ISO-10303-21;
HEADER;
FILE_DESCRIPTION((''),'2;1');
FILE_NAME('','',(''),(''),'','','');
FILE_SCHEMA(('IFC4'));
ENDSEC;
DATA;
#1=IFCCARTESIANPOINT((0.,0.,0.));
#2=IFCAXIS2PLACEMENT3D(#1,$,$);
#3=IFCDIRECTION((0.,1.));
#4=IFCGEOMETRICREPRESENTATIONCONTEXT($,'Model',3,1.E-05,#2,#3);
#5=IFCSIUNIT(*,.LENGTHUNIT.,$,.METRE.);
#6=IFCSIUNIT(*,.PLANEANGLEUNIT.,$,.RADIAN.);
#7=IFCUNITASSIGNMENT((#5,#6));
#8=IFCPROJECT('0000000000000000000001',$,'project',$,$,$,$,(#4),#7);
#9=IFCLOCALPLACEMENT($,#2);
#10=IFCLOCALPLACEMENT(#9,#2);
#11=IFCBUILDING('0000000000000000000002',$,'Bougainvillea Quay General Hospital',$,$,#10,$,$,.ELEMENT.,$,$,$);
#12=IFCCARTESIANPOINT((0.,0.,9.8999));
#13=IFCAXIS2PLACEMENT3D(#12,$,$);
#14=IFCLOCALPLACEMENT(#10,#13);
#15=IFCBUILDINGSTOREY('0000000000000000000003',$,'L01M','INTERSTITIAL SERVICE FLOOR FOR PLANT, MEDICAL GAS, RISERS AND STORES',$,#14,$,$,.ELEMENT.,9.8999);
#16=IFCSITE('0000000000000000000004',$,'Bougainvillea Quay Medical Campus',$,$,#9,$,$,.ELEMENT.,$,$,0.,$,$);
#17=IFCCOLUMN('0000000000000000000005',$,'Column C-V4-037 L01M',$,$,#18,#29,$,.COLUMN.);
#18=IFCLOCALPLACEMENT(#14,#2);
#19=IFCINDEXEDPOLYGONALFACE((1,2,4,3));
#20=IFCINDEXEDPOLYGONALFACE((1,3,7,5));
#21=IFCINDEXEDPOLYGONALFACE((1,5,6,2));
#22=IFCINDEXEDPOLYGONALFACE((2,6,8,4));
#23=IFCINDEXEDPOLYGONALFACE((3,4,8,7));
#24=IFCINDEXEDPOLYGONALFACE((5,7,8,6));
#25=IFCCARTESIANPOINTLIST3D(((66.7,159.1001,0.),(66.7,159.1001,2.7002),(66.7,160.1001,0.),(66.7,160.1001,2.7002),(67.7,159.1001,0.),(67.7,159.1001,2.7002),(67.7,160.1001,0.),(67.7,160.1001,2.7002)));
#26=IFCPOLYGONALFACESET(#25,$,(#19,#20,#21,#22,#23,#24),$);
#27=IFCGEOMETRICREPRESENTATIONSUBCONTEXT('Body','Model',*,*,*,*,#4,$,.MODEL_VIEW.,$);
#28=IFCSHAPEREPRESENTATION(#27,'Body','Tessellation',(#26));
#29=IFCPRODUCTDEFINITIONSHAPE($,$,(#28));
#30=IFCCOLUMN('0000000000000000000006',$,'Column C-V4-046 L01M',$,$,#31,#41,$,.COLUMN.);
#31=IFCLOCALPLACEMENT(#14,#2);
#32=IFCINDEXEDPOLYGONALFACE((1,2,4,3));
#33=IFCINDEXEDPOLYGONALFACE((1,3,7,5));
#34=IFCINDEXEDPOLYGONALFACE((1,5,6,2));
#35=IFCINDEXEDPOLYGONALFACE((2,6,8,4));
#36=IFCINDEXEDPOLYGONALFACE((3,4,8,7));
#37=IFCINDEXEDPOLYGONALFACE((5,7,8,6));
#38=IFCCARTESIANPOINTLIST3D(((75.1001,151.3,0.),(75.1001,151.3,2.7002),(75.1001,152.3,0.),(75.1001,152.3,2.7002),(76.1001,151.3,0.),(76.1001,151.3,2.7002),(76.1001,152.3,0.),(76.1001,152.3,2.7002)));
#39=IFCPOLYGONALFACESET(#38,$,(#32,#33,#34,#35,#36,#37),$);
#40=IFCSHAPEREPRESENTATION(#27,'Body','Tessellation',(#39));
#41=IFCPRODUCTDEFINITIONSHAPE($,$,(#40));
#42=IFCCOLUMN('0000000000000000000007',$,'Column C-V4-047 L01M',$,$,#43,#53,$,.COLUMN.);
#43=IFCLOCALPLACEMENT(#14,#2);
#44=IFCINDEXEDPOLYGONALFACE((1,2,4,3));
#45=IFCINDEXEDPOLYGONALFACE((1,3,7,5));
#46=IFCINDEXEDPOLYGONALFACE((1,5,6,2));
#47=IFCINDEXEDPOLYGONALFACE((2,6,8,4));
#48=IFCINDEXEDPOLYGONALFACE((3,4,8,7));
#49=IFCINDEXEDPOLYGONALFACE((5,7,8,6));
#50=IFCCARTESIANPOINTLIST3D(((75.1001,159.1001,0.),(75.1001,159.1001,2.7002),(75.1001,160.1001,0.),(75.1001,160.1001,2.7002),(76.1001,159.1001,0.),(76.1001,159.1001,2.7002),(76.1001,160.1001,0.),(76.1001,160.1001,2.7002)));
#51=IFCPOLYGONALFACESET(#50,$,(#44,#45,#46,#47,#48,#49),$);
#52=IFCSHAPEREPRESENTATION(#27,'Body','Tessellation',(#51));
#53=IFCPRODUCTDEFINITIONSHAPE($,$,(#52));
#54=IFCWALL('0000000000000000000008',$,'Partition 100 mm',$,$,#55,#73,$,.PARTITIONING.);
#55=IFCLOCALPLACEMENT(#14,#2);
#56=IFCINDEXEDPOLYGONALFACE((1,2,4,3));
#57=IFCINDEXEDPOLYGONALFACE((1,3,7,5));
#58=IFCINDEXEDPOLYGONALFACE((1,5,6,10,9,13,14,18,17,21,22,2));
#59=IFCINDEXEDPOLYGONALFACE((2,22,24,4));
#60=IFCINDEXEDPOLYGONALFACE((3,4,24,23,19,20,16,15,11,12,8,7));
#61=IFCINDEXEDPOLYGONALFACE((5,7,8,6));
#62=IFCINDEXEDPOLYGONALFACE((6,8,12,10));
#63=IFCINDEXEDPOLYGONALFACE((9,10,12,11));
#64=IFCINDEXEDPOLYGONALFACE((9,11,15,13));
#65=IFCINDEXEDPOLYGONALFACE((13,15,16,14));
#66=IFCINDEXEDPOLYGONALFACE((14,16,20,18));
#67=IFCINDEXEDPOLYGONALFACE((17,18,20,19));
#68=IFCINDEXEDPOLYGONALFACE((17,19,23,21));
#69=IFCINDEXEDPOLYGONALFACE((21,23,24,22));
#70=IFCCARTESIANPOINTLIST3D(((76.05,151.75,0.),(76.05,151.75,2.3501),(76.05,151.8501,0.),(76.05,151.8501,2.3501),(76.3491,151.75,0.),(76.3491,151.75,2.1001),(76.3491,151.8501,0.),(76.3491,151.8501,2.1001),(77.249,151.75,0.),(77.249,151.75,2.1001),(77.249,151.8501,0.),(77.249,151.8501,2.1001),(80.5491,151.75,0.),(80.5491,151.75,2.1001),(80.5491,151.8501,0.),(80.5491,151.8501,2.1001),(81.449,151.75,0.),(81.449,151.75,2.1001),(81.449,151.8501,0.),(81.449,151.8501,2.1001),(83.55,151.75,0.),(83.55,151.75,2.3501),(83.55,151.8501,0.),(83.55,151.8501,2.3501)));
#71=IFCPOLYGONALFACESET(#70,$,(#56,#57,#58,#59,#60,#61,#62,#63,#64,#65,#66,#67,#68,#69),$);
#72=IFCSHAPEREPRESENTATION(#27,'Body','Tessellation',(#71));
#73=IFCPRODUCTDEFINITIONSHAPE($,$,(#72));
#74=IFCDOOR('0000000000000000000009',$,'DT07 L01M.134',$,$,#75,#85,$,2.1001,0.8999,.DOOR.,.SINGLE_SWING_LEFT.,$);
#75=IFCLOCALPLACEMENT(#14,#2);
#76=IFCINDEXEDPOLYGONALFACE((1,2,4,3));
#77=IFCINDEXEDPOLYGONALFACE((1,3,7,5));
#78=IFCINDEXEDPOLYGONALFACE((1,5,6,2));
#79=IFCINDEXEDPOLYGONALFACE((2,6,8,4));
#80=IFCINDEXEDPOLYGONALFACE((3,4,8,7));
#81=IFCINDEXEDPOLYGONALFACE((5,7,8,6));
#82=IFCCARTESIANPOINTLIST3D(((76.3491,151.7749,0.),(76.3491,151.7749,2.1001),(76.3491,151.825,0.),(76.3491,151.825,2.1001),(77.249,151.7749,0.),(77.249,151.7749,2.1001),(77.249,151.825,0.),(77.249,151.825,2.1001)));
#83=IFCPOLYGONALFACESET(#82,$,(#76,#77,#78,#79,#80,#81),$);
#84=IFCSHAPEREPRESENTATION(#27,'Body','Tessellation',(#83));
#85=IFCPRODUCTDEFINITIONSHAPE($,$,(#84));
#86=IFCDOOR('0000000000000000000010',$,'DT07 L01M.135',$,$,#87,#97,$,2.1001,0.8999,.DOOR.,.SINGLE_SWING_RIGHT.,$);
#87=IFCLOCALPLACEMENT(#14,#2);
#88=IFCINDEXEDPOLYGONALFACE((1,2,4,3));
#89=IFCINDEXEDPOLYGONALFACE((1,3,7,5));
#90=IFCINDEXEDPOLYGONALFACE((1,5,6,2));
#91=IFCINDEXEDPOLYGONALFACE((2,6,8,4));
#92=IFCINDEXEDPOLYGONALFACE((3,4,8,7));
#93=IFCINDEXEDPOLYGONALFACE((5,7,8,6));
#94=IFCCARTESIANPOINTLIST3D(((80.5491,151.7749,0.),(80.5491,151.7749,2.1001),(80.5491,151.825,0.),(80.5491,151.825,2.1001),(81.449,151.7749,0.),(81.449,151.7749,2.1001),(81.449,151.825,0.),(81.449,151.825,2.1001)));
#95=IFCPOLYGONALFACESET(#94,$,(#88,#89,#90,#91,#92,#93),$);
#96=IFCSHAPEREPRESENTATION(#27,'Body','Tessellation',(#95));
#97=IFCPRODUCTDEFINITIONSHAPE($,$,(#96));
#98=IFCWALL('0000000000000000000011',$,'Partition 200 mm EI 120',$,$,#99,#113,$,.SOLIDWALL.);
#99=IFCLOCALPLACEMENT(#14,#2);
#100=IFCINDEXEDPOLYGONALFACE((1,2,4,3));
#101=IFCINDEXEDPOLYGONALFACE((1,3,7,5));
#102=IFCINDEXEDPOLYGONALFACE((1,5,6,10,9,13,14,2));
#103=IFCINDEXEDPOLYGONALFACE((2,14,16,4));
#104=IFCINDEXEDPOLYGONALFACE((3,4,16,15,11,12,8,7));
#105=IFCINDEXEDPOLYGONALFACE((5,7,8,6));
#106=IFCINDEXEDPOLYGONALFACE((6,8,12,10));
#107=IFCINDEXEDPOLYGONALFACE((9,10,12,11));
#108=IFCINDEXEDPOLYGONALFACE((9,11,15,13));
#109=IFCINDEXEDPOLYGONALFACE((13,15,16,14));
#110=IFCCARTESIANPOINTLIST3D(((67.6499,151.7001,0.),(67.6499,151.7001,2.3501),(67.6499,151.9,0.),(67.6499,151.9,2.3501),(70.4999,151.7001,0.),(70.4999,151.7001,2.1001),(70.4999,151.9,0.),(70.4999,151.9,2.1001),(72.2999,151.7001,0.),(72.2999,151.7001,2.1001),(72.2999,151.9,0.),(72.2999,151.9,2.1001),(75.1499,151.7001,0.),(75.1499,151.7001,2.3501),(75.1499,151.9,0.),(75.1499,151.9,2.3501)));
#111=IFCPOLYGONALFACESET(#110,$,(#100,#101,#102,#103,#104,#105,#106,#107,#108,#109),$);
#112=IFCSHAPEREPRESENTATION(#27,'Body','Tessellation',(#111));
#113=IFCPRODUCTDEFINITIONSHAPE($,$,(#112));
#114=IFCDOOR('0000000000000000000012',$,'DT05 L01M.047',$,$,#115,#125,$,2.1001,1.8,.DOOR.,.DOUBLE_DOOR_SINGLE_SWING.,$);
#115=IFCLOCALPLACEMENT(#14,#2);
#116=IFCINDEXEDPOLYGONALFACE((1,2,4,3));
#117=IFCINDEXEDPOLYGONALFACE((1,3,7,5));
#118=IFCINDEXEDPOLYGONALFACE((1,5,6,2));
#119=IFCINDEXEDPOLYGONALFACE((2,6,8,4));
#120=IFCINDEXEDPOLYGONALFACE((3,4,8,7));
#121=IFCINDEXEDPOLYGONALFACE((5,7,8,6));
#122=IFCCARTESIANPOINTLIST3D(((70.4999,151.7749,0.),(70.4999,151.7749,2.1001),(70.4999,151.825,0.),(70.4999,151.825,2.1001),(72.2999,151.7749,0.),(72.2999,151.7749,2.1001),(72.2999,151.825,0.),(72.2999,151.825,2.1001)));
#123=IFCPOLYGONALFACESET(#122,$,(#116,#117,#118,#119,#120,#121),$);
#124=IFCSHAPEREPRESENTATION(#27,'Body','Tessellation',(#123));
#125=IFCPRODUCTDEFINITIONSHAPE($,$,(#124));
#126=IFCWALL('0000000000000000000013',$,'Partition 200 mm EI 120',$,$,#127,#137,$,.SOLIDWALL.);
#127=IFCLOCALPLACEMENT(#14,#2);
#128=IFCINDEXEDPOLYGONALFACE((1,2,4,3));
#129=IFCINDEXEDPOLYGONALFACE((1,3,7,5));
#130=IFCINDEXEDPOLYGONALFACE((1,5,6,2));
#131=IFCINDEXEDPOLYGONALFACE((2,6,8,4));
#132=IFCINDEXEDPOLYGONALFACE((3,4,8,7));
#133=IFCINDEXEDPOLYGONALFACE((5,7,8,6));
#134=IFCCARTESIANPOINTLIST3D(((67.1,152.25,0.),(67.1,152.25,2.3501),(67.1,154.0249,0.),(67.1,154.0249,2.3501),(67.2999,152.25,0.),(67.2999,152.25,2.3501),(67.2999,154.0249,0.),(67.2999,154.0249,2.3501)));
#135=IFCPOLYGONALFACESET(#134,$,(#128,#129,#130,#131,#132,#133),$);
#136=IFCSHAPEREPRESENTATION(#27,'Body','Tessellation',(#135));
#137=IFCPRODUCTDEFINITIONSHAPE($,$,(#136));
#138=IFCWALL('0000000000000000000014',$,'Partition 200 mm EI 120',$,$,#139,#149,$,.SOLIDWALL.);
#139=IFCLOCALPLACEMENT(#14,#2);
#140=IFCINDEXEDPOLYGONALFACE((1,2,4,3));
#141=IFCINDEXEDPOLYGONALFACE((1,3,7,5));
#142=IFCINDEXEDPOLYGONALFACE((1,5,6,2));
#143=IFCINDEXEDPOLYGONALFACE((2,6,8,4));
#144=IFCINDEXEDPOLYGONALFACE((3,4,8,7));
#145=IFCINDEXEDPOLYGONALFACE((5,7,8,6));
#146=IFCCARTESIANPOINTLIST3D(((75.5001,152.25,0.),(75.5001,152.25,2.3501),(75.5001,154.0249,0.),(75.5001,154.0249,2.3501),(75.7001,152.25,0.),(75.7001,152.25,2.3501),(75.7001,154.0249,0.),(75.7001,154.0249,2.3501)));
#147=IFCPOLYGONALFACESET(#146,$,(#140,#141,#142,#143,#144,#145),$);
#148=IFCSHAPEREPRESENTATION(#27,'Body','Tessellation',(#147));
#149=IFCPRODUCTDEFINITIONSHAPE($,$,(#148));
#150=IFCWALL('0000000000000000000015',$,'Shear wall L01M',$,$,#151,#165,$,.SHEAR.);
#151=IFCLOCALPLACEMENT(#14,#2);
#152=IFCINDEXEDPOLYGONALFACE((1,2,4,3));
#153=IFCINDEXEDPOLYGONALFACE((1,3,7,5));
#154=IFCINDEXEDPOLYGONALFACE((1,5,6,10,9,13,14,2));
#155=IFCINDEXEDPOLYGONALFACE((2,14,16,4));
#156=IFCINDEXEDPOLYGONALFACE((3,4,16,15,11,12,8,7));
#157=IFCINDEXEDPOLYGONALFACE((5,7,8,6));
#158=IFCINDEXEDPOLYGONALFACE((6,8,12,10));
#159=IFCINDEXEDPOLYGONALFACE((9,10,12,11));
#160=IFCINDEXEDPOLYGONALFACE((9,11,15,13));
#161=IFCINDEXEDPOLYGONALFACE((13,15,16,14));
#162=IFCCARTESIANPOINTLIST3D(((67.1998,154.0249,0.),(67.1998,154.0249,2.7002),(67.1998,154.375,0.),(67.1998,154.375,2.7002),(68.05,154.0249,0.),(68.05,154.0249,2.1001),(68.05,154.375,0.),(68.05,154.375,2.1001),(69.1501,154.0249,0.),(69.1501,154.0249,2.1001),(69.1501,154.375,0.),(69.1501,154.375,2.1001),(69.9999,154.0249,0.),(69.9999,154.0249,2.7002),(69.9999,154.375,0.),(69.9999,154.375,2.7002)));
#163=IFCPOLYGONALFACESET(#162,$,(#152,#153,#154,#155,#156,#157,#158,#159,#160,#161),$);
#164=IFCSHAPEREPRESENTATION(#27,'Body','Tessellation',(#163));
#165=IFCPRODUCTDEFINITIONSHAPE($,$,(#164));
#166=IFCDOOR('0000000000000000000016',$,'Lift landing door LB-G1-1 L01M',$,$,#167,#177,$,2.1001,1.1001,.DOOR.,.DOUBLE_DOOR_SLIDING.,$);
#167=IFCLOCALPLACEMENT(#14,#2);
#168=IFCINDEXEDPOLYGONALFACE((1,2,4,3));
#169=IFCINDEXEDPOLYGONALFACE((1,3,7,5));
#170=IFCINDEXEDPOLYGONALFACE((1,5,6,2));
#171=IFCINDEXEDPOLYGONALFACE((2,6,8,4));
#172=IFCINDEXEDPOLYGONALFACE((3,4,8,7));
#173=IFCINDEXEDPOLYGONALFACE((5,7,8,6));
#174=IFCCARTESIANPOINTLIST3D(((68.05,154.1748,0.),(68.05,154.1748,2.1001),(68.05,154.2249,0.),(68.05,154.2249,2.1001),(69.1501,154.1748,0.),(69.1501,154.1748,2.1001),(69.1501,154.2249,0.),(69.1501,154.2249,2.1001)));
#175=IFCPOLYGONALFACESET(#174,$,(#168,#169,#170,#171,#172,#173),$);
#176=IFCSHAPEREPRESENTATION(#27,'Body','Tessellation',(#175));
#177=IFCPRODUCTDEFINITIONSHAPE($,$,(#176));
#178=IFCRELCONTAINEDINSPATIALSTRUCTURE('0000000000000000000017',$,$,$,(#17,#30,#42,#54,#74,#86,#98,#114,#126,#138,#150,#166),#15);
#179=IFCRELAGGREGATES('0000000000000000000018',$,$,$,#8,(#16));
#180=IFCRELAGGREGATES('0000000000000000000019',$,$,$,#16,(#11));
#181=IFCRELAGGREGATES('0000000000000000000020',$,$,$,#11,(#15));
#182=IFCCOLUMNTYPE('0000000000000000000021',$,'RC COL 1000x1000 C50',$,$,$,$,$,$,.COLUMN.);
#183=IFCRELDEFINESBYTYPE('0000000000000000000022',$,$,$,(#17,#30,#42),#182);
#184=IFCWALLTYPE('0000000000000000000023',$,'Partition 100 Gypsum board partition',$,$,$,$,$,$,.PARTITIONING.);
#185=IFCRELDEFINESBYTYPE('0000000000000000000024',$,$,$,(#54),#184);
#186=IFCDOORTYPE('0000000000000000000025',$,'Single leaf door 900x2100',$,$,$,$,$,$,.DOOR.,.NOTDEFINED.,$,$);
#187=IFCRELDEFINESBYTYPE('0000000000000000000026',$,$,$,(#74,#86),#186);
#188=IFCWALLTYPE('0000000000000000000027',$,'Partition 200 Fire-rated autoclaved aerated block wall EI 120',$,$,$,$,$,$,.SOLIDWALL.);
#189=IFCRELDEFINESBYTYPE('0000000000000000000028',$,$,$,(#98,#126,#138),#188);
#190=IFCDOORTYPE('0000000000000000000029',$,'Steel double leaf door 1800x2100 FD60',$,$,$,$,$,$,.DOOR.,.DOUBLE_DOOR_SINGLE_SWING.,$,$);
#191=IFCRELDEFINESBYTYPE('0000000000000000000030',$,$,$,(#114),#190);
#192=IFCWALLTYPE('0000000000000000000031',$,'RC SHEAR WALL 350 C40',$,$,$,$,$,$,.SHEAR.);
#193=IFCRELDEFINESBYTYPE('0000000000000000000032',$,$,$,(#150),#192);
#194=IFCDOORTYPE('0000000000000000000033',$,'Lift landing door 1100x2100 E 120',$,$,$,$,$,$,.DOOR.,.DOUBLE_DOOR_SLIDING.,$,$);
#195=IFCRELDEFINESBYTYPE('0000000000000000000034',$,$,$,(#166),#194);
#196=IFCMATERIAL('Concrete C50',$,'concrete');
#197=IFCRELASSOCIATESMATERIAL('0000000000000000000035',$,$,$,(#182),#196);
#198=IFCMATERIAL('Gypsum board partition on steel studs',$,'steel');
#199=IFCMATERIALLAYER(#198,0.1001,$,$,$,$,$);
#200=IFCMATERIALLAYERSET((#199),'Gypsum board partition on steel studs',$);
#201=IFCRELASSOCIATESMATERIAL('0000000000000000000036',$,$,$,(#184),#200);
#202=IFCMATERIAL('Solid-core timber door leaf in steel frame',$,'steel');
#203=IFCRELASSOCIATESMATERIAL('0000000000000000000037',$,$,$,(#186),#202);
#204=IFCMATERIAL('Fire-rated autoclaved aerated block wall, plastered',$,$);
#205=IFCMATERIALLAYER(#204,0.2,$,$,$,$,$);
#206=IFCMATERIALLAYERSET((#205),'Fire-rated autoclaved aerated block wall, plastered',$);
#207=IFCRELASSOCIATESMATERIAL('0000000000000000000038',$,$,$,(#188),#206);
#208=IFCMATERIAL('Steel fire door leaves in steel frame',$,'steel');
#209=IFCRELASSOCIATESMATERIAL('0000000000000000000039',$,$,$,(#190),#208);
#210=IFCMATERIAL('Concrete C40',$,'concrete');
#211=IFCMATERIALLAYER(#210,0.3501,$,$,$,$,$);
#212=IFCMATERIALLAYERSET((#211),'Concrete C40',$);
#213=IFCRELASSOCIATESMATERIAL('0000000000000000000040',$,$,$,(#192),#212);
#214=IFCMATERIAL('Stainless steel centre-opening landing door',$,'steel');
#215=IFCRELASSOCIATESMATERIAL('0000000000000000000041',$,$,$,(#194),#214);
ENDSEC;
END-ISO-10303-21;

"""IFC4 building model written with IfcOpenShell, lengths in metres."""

from ifc_helpers import new_model, si_unit, direction, frame, frame_2d, origin, origin_2d, place, context, subcontext, project, spatial, rectangle, extrude, material, layer, layer_set, material_profile, profile_set, type_object, element, fill, save


model = new_model("IFC4")

# Units and contexts
model_context = context("Model", 3, precision=1e-05, world=origin(), true_north=direction((0.0, 1.0)))
body_context = subcontext(model_context, "Body", "Model", "MODEL_VIEW")
ifc_project = project(units=[si_unit("LENGTHUNIT", "METRE"), si_unit("PLANEANGLEUNIT", "RADIAN")], contexts=[model_context])

# Site, building, storey
site_placement = place(None, origin())
site = spatial("IfcSite", under=ifc_project, at=site_placement, Name="Bougainvillea Quay Medical Campus", CompositionType="ELEMENT", RefElevation=0.0)
building_placement = place(site_placement, origin())
building = spatial("IfcBuilding", under=site, at=building_placement, Name="Bougainvillea Quay General Hospital", CompositionType="ELEMENT")
storey_placement = place(building_placement, frame((0.0, 0.0, 9.8999)))
storey = spatial("IfcBuildingStorey", under=building, at=storey_placement, Name="L01M", Description="INTERSTITIAL SERVICE FLOOR FOR PLANT, MEDICAL GAS, RISERS AND STORES", CompositionType="ELEMENT", Elevation=9.8999)

# Columns
ifc_material_1 = material(Name="Concrete C50", Category="concrete")
ifc_material_profile = material_profile(ifc_material_1, rectangle(XDim=1.0, YDim=1.0, at=origin_2d()))
ifc_profile_set = profile_set([ifc_material_profile], Name="Concrete C50")
column_type = type_object("IfcColumnType", Name="RC COL 1000x1000 C50", PredefinedType="COLUMN", material=ifc_profile_set)
for number, where, z_axis, x_axis, name in (
    (1, (67.2, 159.6001, 0.0), (0.0, 0.0, 1.0), (1.0, 0.0, 0.0), "Column C-V4-037 L01M"),
    (2, (75.6001, 151.8, 0.0), (0.0, 0.0, 1.0), (1.0, 0.0, 0.0), "Column C-V4-046 L01M"),
    (3, (75.6001, 159.6001, 0.0), (0.0, 0.0, 1.0), (1.0, 0.0, 0.0), "Column C-V4-047 L01M"),
):
    element("IfcColumn", number, at=place(storey_placement, frame(where, z_axis=z_axis, x_axis=x_axis)), inside=storey, type_object=column_type, Name=name, PredefinedType="COLUMN", context=body_context, shape_type="SweptSolid", body=[
        extrude(rectangle(XDim=1.0, YDim=1.0, at=origin_2d()), origin(), (0.0, 0.0, 1.0), 2.7002),
    ])

# Wall, openings, doors
ifc_material_2 = material(Name="Gypsum board partition on steel studs", Category="steel")
ifc_layer_1 = layer(ifc_material_2, 0.1001)
ifc_layer_set_1 = layer_set([ifc_layer_1], Name="Gypsum board partition on steel studs")
wall_type_1 = type_object("IfcWallType", Name="Partition 100 Gypsum board partition", PredefinedType="PARTITIONING", material=ifc_layer_set_1)
wall_1_placement = place(storey_placement, frame((76.05, 151.8, 0.0), z_axis=(0.0, 0.0, 1.0), x_axis=(1.0, 0.0, 0.0)))
wall_1 = element("IfcWall", 4, at=wall_1_placement, inside=storey, type_object=wall_type_1, Name="Partition 100 mm", PredefinedType="PARTITIONING", context=body_context, shape_type="SweptSolid", body=[
    extrude(rectangle(XDim=7.5, YDim=0.1001, at=frame_2d((3.75, 0.0))), origin(), (0.0, 0.0, 1.0), 2.3501),
])
opening_1_placement = place(wall_1_placement, frame((0.2991, 0.0, 0.0)))
opening_1 = element("IfcOpeningElement", 5, at=opening_1_placement, cuts=wall_1, PredefinedType="OPENING", context=body_context, shape_type="SweptSolid", body=[
    extrude(rectangle(XDim=0.8999, YDim=2.1001, at=frame_2d((0.45, 1.05))), frame((0.0, 0.0601, 0.0), z_axis=(0.0, -1.0, 0.0), x_axis=(1.0, 0.0, 0.0)), (0.0, 0.0, 1.0), 0.1201),
])
opening_2_placement = place(wall_1_placement, frame((4.499, 0.0, 0.0)))
opening_2 = element("IfcOpeningElement", 6, at=opening_2_placement, cuts=wall_1, PredefinedType="OPENING", context=body_context, shape_type="SweptSolid", body=[
    extrude(rectangle(XDim=0.8999, YDim=2.1001, at=frame_2d((0.45, 1.05))), frame((0.0, 0.0601, 0.0), z_axis=(0.0, -1.0, 0.0), x_axis=(1.0, 0.0, 0.0)), (0.0, 0.0, 1.0), 0.1201),
])
ifc_material_3 = material(Name="Solid-core timber door leaf in steel frame", Category="steel")
door_type_1 = type_object("IfcDoorType", Name="Single leaf door 900x2100", OperationType="NOTDEFINED", PredefinedType="DOOR", material=ifc_material_3)
door_1_placement = place(opening_1_placement, origin())
door_1 = element("IfcDoor", 7, at=door_1_placement, inside=storey, type_object=door_type_1, Name="DT07 L01M.134", OperationType="SINGLE_SWING_LEFT", OverallHeight=2.1001, OverallWidth=0.8999, PredefinedType="DOOR", context=body_context, shape_type="SweptSolid", body=[
    extrude(rectangle(XDim=0.8999, YDim=2.1001, at=frame_2d((0.45, 1.05))), frame((0.0, 0.0249, 0.0), z_axis=(0.0, -1.0, 0.0), x_axis=(1.0, 0.0, 0.0)), (0.0, 0.0, 1.0), 0.05),
])
fill(opening_1, door_1)
door_2_placement = place(opening_2_placement, origin())
door_2 = element("IfcDoor", 8, at=door_2_placement, inside=storey, type_object=door_type_1, Name="DT07 L01M.135", OperationType="SINGLE_SWING_RIGHT", OverallHeight=2.1001, OverallWidth=0.8999, PredefinedType="DOOR", context=body_context, shape_type="SweptSolid", body=[
    extrude(rectangle(XDim=0.8999, YDim=2.1001, at=frame_2d((0.45, 1.05))), frame((0.0, 0.0249, 0.0), z_axis=(0.0, -1.0, 0.0), x_axis=(1.0, 0.0, 0.0)), (0.0, 0.0, 1.0), 0.05),
])
fill(opening_2, door_2)

# Wall, opening, door
ifc_material_4 = material(Name="Fire-rated autoclaved aerated block wall, plastered")
ifc_layer_2 = layer(ifc_material_4, 0.2)
ifc_layer_set_2 = layer_set([ifc_layer_2], Name="Fire-rated autoclaved aerated block wall, plastered")
wall_type_2 = type_object("IfcWallType", Name="Partition 200 Fire-rated autoclaved aerated block wall EI 120", PredefinedType="SOLIDWALL", material=ifc_layer_set_2)
wall_2_placement = place(storey_placement, frame((67.6499, 151.8, 0.0), z_axis=(0.0, 0.0, 1.0), x_axis=(1.0, 0.0, 0.0)))
wall_2 = element("IfcWall", 9, at=wall_2_placement, inside=storey, type_object=wall_type_2, Name="Partition 200 mm EI 120", PredefinedType="SOLIDWALL", context=body_context, shape_type="SweptSolid", body=[
    extrude(rectangle(XDim=7.5, YDim=0.2, at=frame_2d((3.75, 0.0))), origin(), (0.0, 0.0, 1.0), 2.3501),
])
opening_3_placement = place(wall_2_placement, frame((2.8501, 0.0, 0.0)))
opening_3 = element("IfcOpeningElement", 10, at=opening_3_placement, cuts=wall_2, PredefinedType="OPENING", context=body_context, shape_type="SweptSolid", body=[
    extrude(rectangle(XDim=1.8, YDim=2.1001, at=frame_2d((0.8999, 1.05))), frame((0.0, 0.1099, 0.0), z_axis=(0.0, -1.0, 0.0), x_axis=(1.0, 0.0, 0.0)), (0.0, 0.0, 1.0), 0.22),
])
ifc_material_5 = material(Name="Steel fire door leaves in steel frame", Category="steel")
door_type_2 = type_object("IfcDoorType", Name="Steel double leaf door 1800x2100 FD60", OperationType="DOUBLE_DOOR_SINGLE_SWING", PredefinedType="DOOR", material=ifc_material_5)
door_3_placement = place(opening_3_placement, origin())
door_3 = element("IfcDoor", 11, at=door_3_placement, inside=storey, type_object=door_type_2, Name="DT05 L01M.047", OperationType="DOUBLE_DOOR_SINGLE_SWING", OverallHeight=2.1001, OverallWidth=1.8, PredefinedType="DOOR", context=body_context, shape_type="SweptSolid", body=[
    extrude(rectangle(XDim=1.8, YDim=2.1001, at=frame_2d((0.8999, 1.05))), frame((0.0, 0.0249, 0.0), z_axis=(0.0, -1.0, 0.0), x_axis=(1.0, 0.0, 0.0)), (0.0, 0.0, 1.0), 0.05),
])
fill(opening_3, door_3)

# Walls
for number, where, z_axis, x_axis, name in (
    (12, (67.2, 152.25, 0.0), (0.0, 0.0, 1.0), (0.0, 1.0, 0.0), "Partition 200 mm EI 120"),
    (13, (75.6001, 152.25, 0.0), (0.0, 0.0, 1.0), (0.0, 1.0, 0.0), "Partition 200 mm EI 120"),
):
    element("IfcWall", number, at=place(storey_placement, frame(where, z_axis=z_axis, x_axis=x_axis)), inside=storey, type_object=wall_type_2, Name=name, PredefinedType="SOLIDWALL", context=body_context, shape_type="SweptSolid", body=[
        extrude(rectangle(XDim=1.7749, YDim=0.2, at=frame_2d((0.8875, 0.0))), origin(), (0.0, 0.0, 1.0), 2.3501),
    ])

# Wall, opening, door
ifc_material_6 = material(Name="Concrete C40", Category="concrete")
ifc_layer_3 = layer(ifc_material_6, 0.3501)
ifc_layer_set_3 = layer_set([ifc_layer_3], Name="Concrete C40")
wall_type_3 = type_object("IfcWallType", Name="RC SHEAR WALL 350 C40", PredefinedType="SHEAR", material=ifc_layer_set_3)
wall_3_placement = place(storey_placement, frame((67.2, 154.2, 0.0), z_axis=(0.0, 0.0, 1.0), x_axis=(1.0, 0.0, 0.0)))
wall_3 = element("IfcWall", 14, at=wall_3_placement, inside=storey, type_object=wall_type_3, Name="Shear wall L01M", PredefinedType="SHEAR", context=body_context, shape_type="SweptSolid", body=[
    extrude(rectangle(XDim=2.8, YDim=0.3501, at=frame_2d((1.3999, 0.0))), origin(), (0.0, 0.0, 1.0), 2.7002),
])
opening_4_placement = place(wall_3_placement, frame((0.8501, 0.0, 0.0)))
opening_4 = element("IfcOpeningElement", 15, at=opening_4_placement, cuts=wall_3, PredefinedType="OPENING", context=body_context, shape_type="SweptSolid", body=[
    extrude(rectangle(XDim=1.1001, YDim=2.1001, at=frame_2d((0.55, 1.05))), frame((0.0, 0.1851, 0.0), z_axis=(0.0, -1.0, 0.0), x_axis=(1.0, 0.0, 0.0)), (0.0, 0.0, 1.0), 0.3701),
])
ifc_material_7 = material(Name="Stainless steel centre-opening landing door", Category="steel")
door_type_3 = type_object("IfcDoorType", Name="Lift landing door 1100x2100 E 120", OperationType="DOUBLE_DOOR_SLIDING", PredefinedType="DOOR", material=ifc_material_7)
door_4_placement = place(opening_4_placement, origin())
door_4 = element("IfcDoor", 16, at=door_4_placement, inside=storey, type_object=door_type_3, Name="Lift landing door LB-G1-1 L01M", OperationType="DOUBLE_DOOR_SLIDING", OverallHeight=2.1001, OverallWidth=1.1001, PredefinedType="DOOR", context=body_context, shape_type="SweptSolid", body=[
    extrude(rectangle(XDim=1.1001, YDim=2.1001, at=frame_2d((0.55, 1.05))), frame((0.0, 0.0249, 0.0), z_axis=(0.0, -1.0, 0.0), x_axis=(1.0, 0.0, 0.0)), (0.0, 0.0, 1.0), 0.05),
])
fill(opening_4, door_4)

save(model, "model.ifc")
